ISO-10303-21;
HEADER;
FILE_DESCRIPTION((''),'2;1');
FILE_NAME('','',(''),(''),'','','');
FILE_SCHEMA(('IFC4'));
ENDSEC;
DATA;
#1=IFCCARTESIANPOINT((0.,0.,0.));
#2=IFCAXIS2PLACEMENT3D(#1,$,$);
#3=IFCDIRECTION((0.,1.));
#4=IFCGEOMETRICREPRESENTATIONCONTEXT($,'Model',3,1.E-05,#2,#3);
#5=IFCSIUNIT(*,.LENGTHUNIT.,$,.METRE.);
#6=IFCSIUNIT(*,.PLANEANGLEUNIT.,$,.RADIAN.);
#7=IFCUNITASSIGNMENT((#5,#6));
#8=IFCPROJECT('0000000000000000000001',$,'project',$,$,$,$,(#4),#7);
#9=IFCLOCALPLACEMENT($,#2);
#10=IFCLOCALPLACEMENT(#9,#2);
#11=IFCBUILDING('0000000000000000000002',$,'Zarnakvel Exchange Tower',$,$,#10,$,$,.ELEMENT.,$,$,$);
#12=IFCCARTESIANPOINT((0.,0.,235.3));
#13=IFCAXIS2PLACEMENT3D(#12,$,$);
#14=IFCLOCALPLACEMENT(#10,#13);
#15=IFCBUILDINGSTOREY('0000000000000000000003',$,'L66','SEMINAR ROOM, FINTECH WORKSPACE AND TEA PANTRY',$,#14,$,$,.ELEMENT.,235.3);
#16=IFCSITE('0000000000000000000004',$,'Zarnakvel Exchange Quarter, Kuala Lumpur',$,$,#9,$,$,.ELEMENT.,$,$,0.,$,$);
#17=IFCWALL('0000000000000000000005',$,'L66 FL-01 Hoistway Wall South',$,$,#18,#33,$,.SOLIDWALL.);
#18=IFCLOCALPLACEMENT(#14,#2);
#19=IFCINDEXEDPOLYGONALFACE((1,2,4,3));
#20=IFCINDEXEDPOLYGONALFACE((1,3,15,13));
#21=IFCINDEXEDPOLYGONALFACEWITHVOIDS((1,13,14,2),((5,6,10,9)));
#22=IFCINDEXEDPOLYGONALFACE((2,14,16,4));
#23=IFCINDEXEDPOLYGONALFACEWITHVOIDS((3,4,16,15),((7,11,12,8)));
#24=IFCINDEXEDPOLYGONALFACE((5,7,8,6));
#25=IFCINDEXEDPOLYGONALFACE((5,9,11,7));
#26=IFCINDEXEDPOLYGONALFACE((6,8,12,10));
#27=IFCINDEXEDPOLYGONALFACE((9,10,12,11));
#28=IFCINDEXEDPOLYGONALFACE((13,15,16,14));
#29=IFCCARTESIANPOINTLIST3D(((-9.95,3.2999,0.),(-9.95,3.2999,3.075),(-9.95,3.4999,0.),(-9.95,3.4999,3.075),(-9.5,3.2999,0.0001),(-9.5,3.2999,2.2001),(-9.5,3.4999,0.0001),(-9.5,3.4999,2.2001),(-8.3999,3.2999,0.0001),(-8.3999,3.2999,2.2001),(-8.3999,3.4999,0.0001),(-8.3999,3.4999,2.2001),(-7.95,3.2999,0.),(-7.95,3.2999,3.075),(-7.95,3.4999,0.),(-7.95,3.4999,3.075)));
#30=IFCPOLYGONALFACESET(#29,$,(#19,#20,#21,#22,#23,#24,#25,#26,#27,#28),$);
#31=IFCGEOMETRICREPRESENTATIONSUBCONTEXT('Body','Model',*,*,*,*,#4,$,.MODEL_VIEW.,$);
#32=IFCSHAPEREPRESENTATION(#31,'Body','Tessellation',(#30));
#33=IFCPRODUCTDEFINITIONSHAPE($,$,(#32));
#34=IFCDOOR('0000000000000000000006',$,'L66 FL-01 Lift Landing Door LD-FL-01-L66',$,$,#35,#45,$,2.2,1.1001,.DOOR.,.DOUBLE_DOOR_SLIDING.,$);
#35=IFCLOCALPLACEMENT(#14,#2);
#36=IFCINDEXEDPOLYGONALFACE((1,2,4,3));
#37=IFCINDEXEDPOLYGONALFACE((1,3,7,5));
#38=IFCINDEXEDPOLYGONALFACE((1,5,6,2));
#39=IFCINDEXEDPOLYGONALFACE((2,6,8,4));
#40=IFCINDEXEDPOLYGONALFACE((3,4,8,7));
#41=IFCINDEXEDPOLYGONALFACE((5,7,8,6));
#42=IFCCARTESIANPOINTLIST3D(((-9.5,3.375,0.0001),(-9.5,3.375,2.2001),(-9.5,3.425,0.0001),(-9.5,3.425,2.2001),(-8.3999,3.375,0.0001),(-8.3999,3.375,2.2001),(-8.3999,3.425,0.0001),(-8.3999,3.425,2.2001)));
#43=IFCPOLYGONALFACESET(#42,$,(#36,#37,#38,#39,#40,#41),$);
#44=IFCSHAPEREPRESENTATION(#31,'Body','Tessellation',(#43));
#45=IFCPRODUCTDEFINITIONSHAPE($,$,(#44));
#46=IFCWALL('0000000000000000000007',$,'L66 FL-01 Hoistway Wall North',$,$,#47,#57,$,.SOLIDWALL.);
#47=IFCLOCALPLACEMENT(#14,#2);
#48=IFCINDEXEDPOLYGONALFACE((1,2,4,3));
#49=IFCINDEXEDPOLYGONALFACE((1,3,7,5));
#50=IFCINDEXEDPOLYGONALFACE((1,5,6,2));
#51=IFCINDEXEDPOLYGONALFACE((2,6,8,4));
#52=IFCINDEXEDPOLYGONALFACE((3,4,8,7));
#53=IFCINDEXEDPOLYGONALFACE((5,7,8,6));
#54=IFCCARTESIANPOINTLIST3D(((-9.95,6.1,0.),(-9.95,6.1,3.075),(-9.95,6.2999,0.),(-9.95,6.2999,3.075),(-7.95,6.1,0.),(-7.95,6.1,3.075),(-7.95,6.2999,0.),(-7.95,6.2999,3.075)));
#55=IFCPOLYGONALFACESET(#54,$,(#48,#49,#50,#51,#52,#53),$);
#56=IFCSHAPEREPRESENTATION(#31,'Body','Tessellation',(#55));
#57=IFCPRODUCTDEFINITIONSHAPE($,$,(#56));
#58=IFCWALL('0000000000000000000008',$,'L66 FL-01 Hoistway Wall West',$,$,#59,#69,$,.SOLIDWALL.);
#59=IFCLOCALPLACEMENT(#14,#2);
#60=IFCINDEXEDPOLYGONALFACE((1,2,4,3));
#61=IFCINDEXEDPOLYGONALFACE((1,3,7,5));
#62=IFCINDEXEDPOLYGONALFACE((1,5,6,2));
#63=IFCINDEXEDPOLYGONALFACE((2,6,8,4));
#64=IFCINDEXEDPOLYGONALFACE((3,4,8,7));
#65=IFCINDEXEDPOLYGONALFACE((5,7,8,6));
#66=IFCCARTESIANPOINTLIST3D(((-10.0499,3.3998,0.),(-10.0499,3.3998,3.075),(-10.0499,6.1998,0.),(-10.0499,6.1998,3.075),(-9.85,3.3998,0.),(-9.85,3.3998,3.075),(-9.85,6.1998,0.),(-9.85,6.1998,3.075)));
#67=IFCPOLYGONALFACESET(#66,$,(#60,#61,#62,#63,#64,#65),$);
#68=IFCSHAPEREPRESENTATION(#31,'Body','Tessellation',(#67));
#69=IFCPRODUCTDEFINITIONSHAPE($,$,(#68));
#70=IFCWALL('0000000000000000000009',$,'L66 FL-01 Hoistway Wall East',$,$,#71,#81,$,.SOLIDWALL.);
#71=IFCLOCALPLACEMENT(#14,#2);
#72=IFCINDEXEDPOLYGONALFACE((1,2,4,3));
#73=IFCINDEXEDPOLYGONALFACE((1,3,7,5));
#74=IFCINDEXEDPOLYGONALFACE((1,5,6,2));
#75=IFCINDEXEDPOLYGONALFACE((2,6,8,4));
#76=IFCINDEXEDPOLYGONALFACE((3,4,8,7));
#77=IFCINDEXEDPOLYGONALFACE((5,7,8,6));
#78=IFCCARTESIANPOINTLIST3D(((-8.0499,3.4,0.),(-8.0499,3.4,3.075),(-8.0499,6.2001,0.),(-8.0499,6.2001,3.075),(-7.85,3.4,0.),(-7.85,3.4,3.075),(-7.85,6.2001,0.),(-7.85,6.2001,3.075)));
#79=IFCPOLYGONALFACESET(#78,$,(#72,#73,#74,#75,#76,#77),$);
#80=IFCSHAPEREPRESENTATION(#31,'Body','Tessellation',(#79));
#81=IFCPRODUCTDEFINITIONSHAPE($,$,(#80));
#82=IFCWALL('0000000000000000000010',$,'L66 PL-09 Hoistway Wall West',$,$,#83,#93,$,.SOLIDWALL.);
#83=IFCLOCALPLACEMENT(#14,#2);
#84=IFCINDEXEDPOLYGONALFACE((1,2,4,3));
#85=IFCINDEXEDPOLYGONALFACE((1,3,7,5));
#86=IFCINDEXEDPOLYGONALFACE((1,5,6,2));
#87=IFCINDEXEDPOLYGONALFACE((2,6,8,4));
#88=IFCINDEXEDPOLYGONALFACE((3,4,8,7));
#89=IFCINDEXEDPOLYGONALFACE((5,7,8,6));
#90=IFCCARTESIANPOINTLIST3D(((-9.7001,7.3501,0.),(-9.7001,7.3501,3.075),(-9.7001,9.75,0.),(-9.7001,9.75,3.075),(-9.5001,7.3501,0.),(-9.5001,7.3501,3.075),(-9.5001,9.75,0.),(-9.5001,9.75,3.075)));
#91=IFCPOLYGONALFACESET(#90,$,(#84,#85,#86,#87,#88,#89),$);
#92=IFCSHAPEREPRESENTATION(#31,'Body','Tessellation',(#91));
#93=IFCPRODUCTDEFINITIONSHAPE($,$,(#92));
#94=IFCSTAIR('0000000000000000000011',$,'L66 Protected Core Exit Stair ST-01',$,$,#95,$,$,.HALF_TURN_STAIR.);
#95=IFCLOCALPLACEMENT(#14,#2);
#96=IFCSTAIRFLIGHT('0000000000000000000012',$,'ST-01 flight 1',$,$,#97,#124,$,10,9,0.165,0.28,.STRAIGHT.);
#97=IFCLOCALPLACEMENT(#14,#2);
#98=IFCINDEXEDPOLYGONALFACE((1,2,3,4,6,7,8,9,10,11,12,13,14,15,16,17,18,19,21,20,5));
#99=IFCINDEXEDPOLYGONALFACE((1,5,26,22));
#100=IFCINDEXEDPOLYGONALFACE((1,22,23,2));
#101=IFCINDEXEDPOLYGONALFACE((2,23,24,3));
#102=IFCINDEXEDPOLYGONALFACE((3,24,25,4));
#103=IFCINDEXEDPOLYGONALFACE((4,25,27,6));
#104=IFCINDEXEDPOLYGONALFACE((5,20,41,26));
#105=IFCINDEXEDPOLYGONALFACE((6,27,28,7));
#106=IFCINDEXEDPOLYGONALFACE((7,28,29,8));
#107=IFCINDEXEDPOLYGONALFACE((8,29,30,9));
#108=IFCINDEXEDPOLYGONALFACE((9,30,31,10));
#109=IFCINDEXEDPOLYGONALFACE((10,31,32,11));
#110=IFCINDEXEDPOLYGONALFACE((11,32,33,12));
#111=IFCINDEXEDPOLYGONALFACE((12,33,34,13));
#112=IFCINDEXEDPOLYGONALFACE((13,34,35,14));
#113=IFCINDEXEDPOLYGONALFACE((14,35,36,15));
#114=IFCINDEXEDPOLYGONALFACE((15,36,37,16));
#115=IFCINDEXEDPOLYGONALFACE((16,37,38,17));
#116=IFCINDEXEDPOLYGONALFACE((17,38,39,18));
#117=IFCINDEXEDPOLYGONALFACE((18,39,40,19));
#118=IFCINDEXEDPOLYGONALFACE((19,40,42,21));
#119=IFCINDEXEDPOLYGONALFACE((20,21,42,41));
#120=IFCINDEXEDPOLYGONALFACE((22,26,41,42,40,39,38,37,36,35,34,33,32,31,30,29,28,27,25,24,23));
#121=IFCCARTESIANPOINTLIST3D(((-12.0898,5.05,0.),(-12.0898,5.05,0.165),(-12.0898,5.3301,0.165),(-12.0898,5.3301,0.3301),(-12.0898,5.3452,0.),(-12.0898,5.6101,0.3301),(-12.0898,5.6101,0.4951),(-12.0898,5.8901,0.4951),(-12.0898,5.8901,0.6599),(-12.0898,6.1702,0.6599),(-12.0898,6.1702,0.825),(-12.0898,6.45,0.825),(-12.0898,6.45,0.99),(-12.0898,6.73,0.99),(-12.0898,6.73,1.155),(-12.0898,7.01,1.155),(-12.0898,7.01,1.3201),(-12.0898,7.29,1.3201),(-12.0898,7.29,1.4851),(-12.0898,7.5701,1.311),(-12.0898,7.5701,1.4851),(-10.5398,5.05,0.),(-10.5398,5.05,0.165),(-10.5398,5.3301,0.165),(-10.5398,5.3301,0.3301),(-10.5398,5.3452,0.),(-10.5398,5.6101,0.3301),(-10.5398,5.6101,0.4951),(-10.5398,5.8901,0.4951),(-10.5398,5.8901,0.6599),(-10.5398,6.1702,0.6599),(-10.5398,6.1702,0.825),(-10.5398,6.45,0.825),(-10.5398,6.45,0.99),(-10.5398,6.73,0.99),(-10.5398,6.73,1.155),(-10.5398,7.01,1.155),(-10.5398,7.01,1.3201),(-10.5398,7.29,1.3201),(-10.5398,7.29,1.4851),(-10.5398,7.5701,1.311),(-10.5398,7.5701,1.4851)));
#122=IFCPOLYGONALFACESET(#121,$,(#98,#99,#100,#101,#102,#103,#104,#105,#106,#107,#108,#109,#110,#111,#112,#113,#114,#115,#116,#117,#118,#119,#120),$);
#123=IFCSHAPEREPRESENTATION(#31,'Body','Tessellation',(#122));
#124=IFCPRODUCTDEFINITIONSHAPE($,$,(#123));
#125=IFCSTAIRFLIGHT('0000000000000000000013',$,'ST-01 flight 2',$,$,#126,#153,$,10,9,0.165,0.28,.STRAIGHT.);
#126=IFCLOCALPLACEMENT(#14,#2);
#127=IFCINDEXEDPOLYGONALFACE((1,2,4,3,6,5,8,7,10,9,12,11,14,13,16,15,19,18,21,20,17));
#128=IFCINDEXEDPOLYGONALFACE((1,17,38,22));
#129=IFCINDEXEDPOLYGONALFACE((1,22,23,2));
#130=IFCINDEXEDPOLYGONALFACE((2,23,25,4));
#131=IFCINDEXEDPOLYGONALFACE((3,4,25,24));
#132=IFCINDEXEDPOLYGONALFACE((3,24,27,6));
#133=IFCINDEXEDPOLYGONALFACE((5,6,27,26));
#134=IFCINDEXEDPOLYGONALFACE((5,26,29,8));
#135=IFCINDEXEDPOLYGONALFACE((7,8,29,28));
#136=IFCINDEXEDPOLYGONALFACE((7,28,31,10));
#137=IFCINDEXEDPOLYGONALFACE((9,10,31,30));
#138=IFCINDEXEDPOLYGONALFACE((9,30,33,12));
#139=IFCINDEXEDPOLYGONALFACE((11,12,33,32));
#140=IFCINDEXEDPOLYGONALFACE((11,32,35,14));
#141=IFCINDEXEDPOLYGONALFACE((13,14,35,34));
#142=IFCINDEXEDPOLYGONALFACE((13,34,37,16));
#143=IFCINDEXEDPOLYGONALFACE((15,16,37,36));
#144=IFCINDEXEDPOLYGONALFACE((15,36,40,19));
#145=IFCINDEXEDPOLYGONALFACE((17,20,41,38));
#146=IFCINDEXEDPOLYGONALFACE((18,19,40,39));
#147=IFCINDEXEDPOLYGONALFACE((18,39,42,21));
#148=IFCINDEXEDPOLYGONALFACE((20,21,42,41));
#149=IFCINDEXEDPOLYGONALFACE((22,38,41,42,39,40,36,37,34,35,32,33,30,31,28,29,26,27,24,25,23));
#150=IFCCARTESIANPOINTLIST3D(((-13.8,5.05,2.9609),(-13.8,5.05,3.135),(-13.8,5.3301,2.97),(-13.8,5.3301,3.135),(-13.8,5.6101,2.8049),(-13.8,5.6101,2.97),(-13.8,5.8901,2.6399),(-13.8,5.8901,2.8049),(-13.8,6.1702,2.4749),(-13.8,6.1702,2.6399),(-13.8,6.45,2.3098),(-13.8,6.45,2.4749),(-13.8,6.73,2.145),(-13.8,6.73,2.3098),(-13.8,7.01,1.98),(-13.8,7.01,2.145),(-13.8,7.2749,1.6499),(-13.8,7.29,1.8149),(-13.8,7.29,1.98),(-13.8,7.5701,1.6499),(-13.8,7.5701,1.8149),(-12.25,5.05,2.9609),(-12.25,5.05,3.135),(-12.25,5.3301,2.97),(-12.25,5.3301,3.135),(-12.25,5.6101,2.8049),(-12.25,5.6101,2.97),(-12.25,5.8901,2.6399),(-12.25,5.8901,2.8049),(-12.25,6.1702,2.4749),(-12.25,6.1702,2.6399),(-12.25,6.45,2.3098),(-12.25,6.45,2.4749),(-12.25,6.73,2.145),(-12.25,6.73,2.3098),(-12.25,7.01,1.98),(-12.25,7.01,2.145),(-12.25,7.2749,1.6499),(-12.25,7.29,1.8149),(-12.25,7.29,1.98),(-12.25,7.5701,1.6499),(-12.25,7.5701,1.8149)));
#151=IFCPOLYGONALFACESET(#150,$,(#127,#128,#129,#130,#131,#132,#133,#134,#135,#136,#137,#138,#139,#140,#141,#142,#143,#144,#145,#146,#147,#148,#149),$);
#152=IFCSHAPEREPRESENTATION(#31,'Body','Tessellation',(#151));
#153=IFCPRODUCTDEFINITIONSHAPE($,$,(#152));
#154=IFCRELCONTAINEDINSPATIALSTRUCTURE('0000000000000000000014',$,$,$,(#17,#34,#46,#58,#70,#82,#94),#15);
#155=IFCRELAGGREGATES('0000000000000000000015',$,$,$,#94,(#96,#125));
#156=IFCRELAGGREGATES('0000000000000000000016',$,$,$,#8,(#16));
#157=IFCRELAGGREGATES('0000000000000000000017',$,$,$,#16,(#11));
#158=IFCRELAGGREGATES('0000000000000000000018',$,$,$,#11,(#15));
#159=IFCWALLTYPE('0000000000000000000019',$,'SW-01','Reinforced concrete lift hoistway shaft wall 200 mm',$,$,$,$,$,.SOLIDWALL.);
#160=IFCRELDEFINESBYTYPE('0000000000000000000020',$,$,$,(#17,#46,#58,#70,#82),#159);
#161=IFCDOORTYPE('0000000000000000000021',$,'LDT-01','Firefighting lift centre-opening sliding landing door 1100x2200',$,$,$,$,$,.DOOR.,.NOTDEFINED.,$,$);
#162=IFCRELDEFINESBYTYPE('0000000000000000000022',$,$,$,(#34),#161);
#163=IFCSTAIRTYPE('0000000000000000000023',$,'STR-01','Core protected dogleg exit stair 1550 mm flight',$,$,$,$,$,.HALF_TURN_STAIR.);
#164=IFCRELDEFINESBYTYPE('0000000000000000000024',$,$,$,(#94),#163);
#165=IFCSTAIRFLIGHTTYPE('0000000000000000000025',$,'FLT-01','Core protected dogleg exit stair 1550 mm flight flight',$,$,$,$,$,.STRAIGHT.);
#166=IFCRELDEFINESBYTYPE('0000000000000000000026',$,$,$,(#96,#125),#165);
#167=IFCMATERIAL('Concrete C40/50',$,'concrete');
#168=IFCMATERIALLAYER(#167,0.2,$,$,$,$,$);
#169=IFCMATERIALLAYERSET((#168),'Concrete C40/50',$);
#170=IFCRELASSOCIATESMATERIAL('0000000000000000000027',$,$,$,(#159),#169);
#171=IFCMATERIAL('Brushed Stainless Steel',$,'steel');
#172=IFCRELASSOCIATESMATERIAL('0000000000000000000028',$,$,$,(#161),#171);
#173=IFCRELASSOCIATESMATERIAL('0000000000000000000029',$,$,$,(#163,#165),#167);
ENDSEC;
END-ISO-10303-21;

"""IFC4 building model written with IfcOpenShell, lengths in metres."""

from ifc_helpers import new_model, si_unit, direction, frame, frame_2d, origin, place, context, subcontext, project, spatial, polyline, rectangle, outline, extrude, source, transform, mapped, material, layer, layer_set, type_object, element, fill, aggregate, save


model = new_model("IFC4")

# Units and contexts
model_context = context("Model", 3, precision=1e-05, world=origin(), true_north=direction((0.0, 1.0)))
body_context = subcontext(model_context, "Body", "Model", "MODEL_VIEW")
ifc_project = project(units=[si_unit("LENGTHUNIT", "METRE"), si_unit("PLANEANGLEUNIT", "RADIAN")], contexts=[model_context])

# Site, building, storey
site_placement = place(None, origin())
site = spatial("IfcSite", under=ifc_project, at=site_placement, Name="Zarnakvel Exchange Quarter, Kuala Lumpur", CompositionType="ELEMENT", RefElevation=0.0)
building_placement = place(site_placement, origin())
building = spatial("IfcBuilding", under=site, at=building_placement, Name="Zarnakvel Exchange Tower", CompositionType="ELEMENT")
storey_placement = place(building_placement, frame((0.0, 0.0, 235.3)))
storey = spatial("IfcBuildingStorey", under=building, at=storey_placement, Name="L66", Description="SEMINAR ROOM, FINTECH WORKSPACE AND TEA PANTRY", CompositionType="ELEMENT", Elevation=235.3)

# Wall, opening, door
ifc_material_1 = material(Name="Concrete C40/50", Category="concrete")
ifc_layer_1 = layer(ifc_material_1, 0.2)
ifc_layer_set_1 = layer_set([ifc_layer_1], Name="Concrete C40/50")
wall_type_1 = type_object("IfcWallType", Name="SW-01", Description="Reinforced concrete lift hoistway shaft wall 200 mm", PredefinedType="SOLIDWALL", material=ifc_layer_set_1)
wall_1_placement = place(storey_placement, frame((-7.95, 3.3999, 0.0), z_axis=(0.0, 0.0, 1.0), x_axis=(-1.0, 0.0, 0.0)))
wall_1 = element("IfcWall", 1, at=wall_1_placement, inside=storey, type_object=wall_type_1, Name="L66 FL-01 Hoistway Wall South", PredefinedType="SOLIDWALL", context=body_context, shape_type="SweptSolid", body=[
    extrude(rectangle(XDim=2.0, YDim=0.2, at=frame_2d((1.0, 0.0))), origin(), (0.0, 0.0, 1.0), 3.075),
])
opening_1_placement = place(wall_1_placement, frame((0.45, 0.0, 0.0)))
opening_1 = element("IfcOpeningElement", 2, at=opening_1_placement, cuts=wall_1, PredefinedType="OPENING", context=body_context, shape_type="SweptSolid", body=[
    extrude(rectangle(XDim=1.1001, YDim=2.2, at=frame_2d((0.55, 1.1001))), frame((0.0, 0.1099, 0.0), z_axis=(0.0, -1.0, 0.0), x_axis=(1.0, 0.0, 0.0)), (0.0, 0.0, 1.0), 0.22),
])
ifc_material_2 = material(Name="Brushed Stainless Steel", Category="steel")
door_type_1 = type_object("IfcDoorType", Name="LDT-01", Description="Firefighting lift centre-opening sliding landing door 1100x2200", OperationType="NOTDEFINED", PredefinedType="DOOR", material=ifc_material_2)
shared_shape_1 = source(origin(), body_context, "Body", "SweptSolid", [
    extrude(rectangle(XDim=1.1001, YDim=2.2, at=frame_2d((0.55, 1.1001))), frame((0.0, 0.0249, 0.0), z_axis=(0.0, -1.0, 0.0), x_axis=(1.0, 0.0, 0.0)), (0.0, 0.0, 1.0), 0.05),
])
door_1_placement = place(opening_1_placement, origin())
door_1 = element("IfcDoor", 3, at=door_1_placement, inside=storey, type_object=door_type_1, Name="L66 FL-01 Lift Landing Door LD-FL-01-L66", OperationType="DOUBLE_DOOR_SLIDING", OverallHeight=2.2, OverallWidth=1.1001, PredefinedType="DOOR", context=body_context, shape_type="MappedRepresentation", body=[
    mapped(shared_shape_1, transform((0.0, 0.0, 0.0), x_axis=(1.0, 0.0, 0.0), y_axis=(0.0, 1.0, 0.0), z_axis=(0.0, 0.0, 1.0), scale=1.0)),
])
fill(opening_1, door_1)

# Walls
wall_2_placement = place(storey_placement, frame((-9.95, 6.2, 0.0), z_axis=(0.0, 0.0, 1.0), x_axis=(1.0, 0.0, 0.0)))
element("IfcWall", 4, at=wall_2_placement, inside=storey, type_object=wall_type_1, Name="L66 FL-01 Hoistway Wall North", PredefinedType="SOLIDWALL", context=body_context, shape_type="SweptSolid", body=[
    extrude(rectangle(XDim=2.0, YDim=0.2, at=frame_2d((1.0, 0.0))), origin(), (0.0, 0.0, 1.0), 3.075),
])
for number, where, z_axis, x_axis, name in (
    (5, (-9.95, 3.3999, 0.0), (0.0, 0.0, 1.0), (0.0, 1.0, 0.0), "L66 FL-01 Hoistway Wall West"),
    (6, (-7.95, 6.2, 0.0), (0.0, 0.0, 1.0), (0.0, -1.0, 0.0), "L66 FL-01 Hoistway Wall East"),
):
    element("IfcWall", number, at=place(storey_placement, frame(where, z_axis=z_axis, x_axis=x_axis)), inside=storey, type_object=wall_type_1, Name=name, PredefinedType="SOLIDWALL", context=body_context, shape_type="SweptSolid", body=[
        extrude(rectangle(XDim=2.8, YDim=0.2, at=frame_2d((1.3999, 0.0))), origin(), (0.0, 0.0, 1.0), 3.075),
    ])
wall_3_placement = place(storey_placement, frame((-9.6001, 7.3501, 0.0), z_axis=(0.0, 0.0, 1.0), x_axis=(0.0, 1.0, 0.0)))
element("IfcWall", 7, at=wall_3_placement, inside=storey, type_object=wall_type_1, Name="L66 PL-09 Hoistway Wall West", PredefinedType="SOLIDWALL", context=body_context, shape_type="SweptSolid", body=[
    extrude(rectangle(XDim=2.3999, YDim=0.2, at=frame_2d((1.2, 0.0))), origin(), (0.0, 0.0, 1.0), 3.075),
])

# Stair, stair flights
stair_type = type_object("IfcStairType", Name="STR-01", Description="Core protected dogleg exit stair 1550 mm flight", PredefinedType="HALF_TURN_STAIR", material=ifc_material_1)
stair_placement = place(storey_placement, origin())
stair = element("IfcStair", 8, at=stair_placement, inside=storey, type_object=stair_type, Name="L66 Protected Core Exit Stair ST-01", PredefinedType="HALF_TURN_STAIR")
stair_flight_type = type_object("IfcStairFlightType", Name="FLT-01", Description="Core protected dogleg exit stair 1550 mm flight flight", PredefinedType="STRAIGHT", material=ifc_material_1)
stair_flight_1_placement = place(storey_placement, frame((-11.3149, 5.05, 0.0), z_axis=(0.0, 0.0, 1.0), x_axis=(0.0, 1.0, 0.0)))
stair_flight_1 = element("IfcStairFlight", 9, at=stair_flight_1_placement, type_object=stair_flight_type, Name="ST-01 flight 1", NumberOfRisers=10, NumberOfTreads=9, PredefinedType="STRAIGHT", RiserHeight=0.165, TreadLength=0.28, context=body_context, shape_type="SweptSolid", body=[
    extrude(outline(polyline([(0.0, 0.0), (0.0, 0.165), (0.28, 0.165), (0.28, 0.3301), (0.5601, 0.3301), (0.5601, 0.4951), (0.8401, 0.4951), (0.8401, 0.6599), (1.1201, 0.6599), (1.1201, 0.825), (1.3999, 0.825), (1.3999, 0.99), (1.6799, 0.99), (1.6799, 1.155), (1.96, 1.155), (1.96, 1.3201), (2.24, 1.3201), (2.24, 1.4851), (2.52, 1.4851), (2.52, 1.6499), (2.52, 1.311), (0.2952, 0.0), (0.0, 0.0)])), frame((0.0, 0.7749, 0.0), z_axis=(0.0, -1.0, 0.0), x_axis=(1.0, 0.0, 0.0)), (0.0, 0.0, 1.0), 1.55),
])
stair_flight_2_placement = place(storey_placement, frame((-13.0249, 7.5701, 1.6499), z_axis=(0.0, 0.0, 1.0), x_axis=(0.0, -1.0, 0.0)))
stair_flight_2 = element("IfcStairFlight", 10, at=stair_flight_2_placement, type_object=stair_flight_type, Name="ST-01 flight 2", NumberOfRisers=10, NumberOfTreads=9, PredefinedType="STRAIGHT", RiserHeight=0.165, TreadLength=0.28, context=body_context, shape_type="SweptSolid", body=[
    extrude(outline(polyline([(0.0, 0.0), (0.0, 0.165), (0.28, 0.165), (0.28, 0.3301), (0.5601, 0.3301), (0.5601, 0.4951), (0.8401, 0.4951), (0.8401, 0.6599), (1.1201, 0.6599), (1.1201, 0.825), (1.3999, 0.825), (1.3999, 0.99), (1.6799, 0.99), (1.6799, 1.155), (1.96, 1.155), (1.96, 1.3201), (2.24, 1.3201), (2.24, 1.4851), (2.52, 1.4851), (2.52, 1.6499), (2.52, 1.311), (0.2952, 0.0), (0.0, 0.0)])), frame((0.0, 0.7749, 0.0), z_axis=(0.0, -1.0, 0.0), x_axis=(1.0, 0.0, 0.0)), (0.0, 0.0, 1.0), 1.55),
])
aggregate(stair, [stair_flight_1, stair_flight_2])

save(model, "model.ifc")
